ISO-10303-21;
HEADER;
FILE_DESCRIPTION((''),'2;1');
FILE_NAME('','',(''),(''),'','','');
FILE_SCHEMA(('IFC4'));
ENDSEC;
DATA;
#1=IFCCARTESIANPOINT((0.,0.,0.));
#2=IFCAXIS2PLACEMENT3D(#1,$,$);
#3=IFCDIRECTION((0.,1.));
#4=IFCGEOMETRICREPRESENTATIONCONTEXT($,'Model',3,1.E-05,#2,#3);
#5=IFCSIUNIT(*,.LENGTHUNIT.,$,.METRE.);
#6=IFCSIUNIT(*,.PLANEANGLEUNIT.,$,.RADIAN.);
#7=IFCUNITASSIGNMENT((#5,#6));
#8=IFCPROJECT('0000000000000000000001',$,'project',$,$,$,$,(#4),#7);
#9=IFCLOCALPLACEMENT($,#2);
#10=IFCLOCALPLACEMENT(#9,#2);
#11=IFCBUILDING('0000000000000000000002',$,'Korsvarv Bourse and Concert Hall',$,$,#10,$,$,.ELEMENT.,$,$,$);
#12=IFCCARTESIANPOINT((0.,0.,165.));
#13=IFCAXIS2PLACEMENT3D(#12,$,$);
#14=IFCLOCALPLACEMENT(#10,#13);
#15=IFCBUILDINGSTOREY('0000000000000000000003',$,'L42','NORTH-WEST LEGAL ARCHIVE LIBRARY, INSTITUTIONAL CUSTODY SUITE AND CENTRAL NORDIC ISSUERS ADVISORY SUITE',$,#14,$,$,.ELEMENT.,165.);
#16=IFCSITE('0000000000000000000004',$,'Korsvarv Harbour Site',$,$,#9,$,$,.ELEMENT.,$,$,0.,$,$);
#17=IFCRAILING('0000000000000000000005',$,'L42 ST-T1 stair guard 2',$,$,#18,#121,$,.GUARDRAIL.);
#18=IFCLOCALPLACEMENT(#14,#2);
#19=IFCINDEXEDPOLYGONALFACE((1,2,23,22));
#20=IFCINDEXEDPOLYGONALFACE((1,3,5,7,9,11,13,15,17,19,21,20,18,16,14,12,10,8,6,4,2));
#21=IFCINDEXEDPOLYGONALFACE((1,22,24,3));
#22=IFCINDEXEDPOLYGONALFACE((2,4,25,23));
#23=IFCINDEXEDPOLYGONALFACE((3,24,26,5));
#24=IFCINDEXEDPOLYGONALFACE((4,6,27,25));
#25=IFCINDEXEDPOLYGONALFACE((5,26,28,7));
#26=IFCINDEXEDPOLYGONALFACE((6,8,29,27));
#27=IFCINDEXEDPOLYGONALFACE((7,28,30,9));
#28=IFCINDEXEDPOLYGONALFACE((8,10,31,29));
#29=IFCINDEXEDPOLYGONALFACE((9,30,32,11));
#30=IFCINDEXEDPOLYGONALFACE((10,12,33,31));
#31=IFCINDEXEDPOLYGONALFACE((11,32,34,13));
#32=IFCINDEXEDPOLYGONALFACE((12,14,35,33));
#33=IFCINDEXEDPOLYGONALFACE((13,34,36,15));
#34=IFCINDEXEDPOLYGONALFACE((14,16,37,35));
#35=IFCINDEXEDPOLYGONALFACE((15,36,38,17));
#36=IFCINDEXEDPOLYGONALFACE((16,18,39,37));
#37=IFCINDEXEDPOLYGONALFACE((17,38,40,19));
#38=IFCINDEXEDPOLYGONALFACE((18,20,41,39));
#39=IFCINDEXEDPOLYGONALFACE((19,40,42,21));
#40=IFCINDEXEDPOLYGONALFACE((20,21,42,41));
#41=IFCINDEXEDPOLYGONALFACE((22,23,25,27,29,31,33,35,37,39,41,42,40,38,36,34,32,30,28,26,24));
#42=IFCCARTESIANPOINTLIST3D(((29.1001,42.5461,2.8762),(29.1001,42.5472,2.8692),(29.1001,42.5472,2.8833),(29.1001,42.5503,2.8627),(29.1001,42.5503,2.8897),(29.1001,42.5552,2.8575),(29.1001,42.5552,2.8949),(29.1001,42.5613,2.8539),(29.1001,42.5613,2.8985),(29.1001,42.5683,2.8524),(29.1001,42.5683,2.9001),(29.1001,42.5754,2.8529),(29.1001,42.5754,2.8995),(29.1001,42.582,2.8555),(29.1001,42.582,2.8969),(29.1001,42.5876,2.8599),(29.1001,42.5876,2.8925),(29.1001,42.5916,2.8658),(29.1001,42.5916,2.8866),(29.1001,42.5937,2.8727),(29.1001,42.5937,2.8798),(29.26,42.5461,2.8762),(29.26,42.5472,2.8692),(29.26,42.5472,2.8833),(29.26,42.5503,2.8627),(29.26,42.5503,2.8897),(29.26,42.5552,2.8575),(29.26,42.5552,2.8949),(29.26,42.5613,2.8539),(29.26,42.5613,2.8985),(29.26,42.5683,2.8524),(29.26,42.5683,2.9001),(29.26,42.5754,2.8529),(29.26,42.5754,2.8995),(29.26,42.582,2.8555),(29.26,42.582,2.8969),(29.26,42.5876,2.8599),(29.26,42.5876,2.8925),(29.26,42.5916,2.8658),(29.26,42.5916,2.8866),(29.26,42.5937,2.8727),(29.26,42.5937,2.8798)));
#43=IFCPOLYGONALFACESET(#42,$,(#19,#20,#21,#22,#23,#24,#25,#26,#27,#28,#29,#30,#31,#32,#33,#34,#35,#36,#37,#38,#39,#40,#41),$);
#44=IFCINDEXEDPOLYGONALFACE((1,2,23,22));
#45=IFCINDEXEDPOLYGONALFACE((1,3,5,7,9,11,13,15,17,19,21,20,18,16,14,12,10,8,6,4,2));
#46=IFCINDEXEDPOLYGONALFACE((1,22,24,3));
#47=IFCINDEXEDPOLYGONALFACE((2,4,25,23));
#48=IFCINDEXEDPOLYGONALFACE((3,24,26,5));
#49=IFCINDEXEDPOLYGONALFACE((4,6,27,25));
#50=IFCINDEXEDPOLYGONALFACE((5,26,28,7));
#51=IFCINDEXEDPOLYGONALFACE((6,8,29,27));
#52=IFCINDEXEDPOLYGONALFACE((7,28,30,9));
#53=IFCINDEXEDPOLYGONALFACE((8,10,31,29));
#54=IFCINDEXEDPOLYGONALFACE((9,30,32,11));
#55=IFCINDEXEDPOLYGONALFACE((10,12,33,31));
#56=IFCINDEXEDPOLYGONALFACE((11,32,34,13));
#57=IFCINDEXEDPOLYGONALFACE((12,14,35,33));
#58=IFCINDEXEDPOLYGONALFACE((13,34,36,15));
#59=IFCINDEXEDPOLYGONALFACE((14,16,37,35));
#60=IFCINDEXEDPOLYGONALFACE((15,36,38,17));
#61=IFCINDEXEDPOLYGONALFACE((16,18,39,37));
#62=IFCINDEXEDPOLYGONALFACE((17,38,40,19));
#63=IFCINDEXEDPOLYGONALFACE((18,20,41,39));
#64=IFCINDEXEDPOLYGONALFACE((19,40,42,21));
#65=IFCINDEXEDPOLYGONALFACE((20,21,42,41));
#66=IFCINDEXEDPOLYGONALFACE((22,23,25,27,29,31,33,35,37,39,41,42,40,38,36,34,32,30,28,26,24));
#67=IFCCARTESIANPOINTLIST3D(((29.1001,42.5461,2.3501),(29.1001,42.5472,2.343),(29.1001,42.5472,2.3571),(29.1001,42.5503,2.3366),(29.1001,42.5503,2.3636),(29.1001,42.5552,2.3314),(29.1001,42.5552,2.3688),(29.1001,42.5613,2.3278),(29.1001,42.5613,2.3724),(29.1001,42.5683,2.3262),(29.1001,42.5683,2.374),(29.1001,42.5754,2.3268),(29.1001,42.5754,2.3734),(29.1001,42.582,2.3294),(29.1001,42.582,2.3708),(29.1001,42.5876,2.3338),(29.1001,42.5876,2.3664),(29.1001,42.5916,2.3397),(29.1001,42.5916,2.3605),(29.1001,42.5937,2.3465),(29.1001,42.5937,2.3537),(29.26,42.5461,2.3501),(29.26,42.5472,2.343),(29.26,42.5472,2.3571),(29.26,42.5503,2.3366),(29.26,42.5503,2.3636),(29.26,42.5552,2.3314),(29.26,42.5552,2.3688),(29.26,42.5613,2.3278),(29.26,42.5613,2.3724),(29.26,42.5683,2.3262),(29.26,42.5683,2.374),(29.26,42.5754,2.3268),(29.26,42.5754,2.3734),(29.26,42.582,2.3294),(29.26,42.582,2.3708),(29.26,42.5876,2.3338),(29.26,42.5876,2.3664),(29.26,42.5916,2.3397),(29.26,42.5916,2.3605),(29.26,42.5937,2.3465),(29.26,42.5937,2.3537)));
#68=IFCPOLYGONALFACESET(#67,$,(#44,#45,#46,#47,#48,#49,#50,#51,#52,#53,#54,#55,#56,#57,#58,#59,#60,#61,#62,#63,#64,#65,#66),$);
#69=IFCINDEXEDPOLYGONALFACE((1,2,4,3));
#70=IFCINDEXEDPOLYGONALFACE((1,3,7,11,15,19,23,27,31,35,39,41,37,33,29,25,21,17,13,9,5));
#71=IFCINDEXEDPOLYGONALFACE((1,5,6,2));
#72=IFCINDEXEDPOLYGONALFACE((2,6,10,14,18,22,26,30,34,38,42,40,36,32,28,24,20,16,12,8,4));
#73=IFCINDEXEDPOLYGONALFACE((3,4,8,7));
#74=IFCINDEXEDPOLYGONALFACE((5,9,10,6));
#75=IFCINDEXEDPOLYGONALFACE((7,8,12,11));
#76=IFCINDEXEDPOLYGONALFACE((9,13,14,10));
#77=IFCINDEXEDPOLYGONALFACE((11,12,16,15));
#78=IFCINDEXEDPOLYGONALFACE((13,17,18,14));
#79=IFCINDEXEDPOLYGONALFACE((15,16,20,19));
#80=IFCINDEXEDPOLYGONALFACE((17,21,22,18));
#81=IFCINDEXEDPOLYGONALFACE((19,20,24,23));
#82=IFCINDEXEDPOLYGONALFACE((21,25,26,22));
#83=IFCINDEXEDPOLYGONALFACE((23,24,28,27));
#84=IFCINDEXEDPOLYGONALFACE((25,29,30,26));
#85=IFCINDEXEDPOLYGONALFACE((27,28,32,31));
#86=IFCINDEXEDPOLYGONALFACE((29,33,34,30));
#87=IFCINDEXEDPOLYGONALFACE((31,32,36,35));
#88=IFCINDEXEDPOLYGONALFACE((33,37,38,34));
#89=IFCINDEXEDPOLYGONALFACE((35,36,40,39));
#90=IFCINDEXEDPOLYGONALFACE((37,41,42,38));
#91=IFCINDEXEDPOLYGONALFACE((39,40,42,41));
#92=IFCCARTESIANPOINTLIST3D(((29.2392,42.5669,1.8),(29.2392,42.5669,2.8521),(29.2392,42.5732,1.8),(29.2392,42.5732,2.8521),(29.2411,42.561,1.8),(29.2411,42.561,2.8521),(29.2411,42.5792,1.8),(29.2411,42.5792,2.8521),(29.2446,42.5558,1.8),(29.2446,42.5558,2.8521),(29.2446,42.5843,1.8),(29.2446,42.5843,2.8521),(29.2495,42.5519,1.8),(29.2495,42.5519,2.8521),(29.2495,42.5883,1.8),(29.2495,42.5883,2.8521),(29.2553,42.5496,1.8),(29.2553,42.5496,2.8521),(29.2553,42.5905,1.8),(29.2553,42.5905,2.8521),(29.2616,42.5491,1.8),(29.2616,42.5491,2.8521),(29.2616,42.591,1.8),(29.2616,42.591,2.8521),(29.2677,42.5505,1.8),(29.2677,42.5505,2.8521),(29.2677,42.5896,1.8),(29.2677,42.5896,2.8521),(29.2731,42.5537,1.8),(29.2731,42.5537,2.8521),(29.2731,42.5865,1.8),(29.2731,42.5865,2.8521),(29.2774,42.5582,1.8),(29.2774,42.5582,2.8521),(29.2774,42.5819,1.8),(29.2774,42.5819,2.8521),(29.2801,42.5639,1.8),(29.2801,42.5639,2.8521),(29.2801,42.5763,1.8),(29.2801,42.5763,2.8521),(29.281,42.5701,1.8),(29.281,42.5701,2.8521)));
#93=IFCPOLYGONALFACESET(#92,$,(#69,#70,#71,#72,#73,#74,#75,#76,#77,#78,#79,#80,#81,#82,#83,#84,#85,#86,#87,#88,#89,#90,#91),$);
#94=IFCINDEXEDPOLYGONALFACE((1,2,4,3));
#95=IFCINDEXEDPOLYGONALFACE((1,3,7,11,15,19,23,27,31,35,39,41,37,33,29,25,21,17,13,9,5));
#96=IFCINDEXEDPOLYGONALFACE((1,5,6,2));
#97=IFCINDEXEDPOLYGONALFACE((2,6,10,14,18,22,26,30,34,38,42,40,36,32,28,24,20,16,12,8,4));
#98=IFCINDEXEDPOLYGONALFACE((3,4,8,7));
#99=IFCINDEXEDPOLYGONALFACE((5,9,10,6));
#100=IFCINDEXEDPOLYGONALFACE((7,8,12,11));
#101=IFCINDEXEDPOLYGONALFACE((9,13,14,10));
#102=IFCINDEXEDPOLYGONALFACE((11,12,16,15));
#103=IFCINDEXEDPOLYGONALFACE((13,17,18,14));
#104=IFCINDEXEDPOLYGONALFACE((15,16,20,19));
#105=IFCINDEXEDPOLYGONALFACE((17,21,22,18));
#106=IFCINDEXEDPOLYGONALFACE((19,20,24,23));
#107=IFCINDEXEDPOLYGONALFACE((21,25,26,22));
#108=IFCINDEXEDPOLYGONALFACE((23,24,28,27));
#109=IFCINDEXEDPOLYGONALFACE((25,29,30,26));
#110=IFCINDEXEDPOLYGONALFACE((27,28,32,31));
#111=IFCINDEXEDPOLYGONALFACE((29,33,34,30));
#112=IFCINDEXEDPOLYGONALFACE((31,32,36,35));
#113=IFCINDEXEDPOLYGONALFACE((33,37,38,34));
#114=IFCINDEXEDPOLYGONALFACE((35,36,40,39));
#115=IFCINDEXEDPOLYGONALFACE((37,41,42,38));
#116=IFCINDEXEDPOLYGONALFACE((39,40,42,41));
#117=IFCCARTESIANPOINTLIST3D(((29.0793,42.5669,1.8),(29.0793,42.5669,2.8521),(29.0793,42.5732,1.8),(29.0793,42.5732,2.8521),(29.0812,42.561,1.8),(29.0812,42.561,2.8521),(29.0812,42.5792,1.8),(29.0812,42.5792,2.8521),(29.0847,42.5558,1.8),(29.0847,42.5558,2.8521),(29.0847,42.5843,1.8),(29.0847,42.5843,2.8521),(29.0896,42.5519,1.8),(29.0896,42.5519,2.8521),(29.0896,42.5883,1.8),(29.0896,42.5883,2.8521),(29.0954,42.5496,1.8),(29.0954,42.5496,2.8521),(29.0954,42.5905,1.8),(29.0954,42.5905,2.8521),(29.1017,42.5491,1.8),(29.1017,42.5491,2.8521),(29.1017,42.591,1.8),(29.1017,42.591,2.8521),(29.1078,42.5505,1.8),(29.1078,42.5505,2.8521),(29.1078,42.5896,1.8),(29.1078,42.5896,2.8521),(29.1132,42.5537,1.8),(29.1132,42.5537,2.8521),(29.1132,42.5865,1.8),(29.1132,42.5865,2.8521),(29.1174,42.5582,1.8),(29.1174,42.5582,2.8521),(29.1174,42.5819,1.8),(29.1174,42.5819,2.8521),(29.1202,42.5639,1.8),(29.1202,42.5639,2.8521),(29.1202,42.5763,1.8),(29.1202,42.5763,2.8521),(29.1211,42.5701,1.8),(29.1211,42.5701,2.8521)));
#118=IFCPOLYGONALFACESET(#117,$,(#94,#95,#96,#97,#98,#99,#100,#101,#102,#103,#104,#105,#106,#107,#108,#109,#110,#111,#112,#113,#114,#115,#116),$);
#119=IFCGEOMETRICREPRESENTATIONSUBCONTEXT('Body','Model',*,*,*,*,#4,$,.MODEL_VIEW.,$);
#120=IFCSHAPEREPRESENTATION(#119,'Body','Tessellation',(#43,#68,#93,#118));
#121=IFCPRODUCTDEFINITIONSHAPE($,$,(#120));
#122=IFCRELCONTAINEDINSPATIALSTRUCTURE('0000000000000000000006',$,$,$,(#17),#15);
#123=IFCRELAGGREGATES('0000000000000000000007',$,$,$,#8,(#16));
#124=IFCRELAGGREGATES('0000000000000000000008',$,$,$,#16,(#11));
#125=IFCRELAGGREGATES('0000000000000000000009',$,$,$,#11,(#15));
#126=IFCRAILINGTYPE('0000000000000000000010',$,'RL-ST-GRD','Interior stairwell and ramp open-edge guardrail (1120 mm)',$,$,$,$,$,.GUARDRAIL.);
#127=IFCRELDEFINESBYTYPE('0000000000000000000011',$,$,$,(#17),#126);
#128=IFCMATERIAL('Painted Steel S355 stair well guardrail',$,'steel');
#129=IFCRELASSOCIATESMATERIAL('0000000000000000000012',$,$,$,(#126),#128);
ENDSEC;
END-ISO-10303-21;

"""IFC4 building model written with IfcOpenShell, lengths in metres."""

from ifc_helpers import new_model, si_unit, direction, frame, origin, origin_2d, place, context, subcontext, project, spatial, circle, extrude, material, type_object, element, save


model = new_model("IFC4")

# Units and contexts
model_context = context("Model", 3, precision=1e-05, world=origin(), true_north=direction((0.0, 1.0)))
body_context = subcontext(model_context, "Body", "Model", "MODEL_VIEW")
ifc_project = project(units=[si_unit("LENGTHUNIT", "METRE"), si_unit("PLANEANGLEUNIT", "RADIAN")], contexts=[model_context])

# Site, building, storey
site_placement = place(None, origin())
site = spatial("IfcSite", under=ifc_project, at=site_placement, Name="Korsvarv Harbour Site", CompositionType="ELEMENT", RefElevation=0.0)
building_placement = place(site_placement, origin())
building = spatial("IfcBuilding", under=site, at=building_placement, Name="Korsvarv Bourse and Concert Hall", CompositionType="ELEMENT")
storey_placement = place(building_placement, frame((0.0, 0.0, 165.0)))
storey = spatial("IfcBuildingStorey", under=building, at=storey_placement, Name="L42", Description="NORTH-WEST LEGAL ARCHIVE LIBRARY, INSTITUTIONAL CUSTODY SUITE AND CENTRAL NORDIC ISSUERS ADVISORY SUITE", CompositionType="ELEMENT", Elevation=165.0)

# Railing
ifc_material_1 = material(Name="Painted Steel S355 stair well guardrail", Category="steel")
railing_type = type_object("IfcRailingType", Name="RL-ST-GRD", Description="Interior stairwell and ramp open-edge guardrail (1120 mm)", PredefinedType="GUARDRAIL", material=ifc_material_1)
railing_placement = place(storey_placement, frame((29.26, 42.5701, 1.8)))
element("IfcRailing", 1, at=railing_placement, inside=storey, type_object=railing_type, Name="L42 ST-T1 stair guard 2", PredefinedType="GUARDRAIL", context=body_context, shape_type="SweptSolid", body=[
    extrude(circle(Radius=0.0239, at=origin_2d()), frame((0.0, 0.0, 1.0762), z_axis=(-1.0, 0.0, 0.0), x_axis=(0.0, -1.0, 0.0)), (0.0, 0.0, 1.0), 0.1599),
    extrude(circle(Radius=0.0239, at=origin_2d()), frame((0.0, 0.0, 0.55), z_axis=(-1.0, 0.0, 0.0), x_axis=(0.0, -1.0, 0.0)), (0.0, 0.0, 1.0), 0.1599),
    extrude(circle(Radius=0.021, at=origin_2d()), origin(), (0.0, 0.0, 1.0), 1.052),
    extrude(circle(Radius=0.021, at=origin_2d()), frame((-0.1599, 0.0, 0.0)), (0.0, 0.0, 1.0), 1.052),
])

save(model, "model.ifc")
